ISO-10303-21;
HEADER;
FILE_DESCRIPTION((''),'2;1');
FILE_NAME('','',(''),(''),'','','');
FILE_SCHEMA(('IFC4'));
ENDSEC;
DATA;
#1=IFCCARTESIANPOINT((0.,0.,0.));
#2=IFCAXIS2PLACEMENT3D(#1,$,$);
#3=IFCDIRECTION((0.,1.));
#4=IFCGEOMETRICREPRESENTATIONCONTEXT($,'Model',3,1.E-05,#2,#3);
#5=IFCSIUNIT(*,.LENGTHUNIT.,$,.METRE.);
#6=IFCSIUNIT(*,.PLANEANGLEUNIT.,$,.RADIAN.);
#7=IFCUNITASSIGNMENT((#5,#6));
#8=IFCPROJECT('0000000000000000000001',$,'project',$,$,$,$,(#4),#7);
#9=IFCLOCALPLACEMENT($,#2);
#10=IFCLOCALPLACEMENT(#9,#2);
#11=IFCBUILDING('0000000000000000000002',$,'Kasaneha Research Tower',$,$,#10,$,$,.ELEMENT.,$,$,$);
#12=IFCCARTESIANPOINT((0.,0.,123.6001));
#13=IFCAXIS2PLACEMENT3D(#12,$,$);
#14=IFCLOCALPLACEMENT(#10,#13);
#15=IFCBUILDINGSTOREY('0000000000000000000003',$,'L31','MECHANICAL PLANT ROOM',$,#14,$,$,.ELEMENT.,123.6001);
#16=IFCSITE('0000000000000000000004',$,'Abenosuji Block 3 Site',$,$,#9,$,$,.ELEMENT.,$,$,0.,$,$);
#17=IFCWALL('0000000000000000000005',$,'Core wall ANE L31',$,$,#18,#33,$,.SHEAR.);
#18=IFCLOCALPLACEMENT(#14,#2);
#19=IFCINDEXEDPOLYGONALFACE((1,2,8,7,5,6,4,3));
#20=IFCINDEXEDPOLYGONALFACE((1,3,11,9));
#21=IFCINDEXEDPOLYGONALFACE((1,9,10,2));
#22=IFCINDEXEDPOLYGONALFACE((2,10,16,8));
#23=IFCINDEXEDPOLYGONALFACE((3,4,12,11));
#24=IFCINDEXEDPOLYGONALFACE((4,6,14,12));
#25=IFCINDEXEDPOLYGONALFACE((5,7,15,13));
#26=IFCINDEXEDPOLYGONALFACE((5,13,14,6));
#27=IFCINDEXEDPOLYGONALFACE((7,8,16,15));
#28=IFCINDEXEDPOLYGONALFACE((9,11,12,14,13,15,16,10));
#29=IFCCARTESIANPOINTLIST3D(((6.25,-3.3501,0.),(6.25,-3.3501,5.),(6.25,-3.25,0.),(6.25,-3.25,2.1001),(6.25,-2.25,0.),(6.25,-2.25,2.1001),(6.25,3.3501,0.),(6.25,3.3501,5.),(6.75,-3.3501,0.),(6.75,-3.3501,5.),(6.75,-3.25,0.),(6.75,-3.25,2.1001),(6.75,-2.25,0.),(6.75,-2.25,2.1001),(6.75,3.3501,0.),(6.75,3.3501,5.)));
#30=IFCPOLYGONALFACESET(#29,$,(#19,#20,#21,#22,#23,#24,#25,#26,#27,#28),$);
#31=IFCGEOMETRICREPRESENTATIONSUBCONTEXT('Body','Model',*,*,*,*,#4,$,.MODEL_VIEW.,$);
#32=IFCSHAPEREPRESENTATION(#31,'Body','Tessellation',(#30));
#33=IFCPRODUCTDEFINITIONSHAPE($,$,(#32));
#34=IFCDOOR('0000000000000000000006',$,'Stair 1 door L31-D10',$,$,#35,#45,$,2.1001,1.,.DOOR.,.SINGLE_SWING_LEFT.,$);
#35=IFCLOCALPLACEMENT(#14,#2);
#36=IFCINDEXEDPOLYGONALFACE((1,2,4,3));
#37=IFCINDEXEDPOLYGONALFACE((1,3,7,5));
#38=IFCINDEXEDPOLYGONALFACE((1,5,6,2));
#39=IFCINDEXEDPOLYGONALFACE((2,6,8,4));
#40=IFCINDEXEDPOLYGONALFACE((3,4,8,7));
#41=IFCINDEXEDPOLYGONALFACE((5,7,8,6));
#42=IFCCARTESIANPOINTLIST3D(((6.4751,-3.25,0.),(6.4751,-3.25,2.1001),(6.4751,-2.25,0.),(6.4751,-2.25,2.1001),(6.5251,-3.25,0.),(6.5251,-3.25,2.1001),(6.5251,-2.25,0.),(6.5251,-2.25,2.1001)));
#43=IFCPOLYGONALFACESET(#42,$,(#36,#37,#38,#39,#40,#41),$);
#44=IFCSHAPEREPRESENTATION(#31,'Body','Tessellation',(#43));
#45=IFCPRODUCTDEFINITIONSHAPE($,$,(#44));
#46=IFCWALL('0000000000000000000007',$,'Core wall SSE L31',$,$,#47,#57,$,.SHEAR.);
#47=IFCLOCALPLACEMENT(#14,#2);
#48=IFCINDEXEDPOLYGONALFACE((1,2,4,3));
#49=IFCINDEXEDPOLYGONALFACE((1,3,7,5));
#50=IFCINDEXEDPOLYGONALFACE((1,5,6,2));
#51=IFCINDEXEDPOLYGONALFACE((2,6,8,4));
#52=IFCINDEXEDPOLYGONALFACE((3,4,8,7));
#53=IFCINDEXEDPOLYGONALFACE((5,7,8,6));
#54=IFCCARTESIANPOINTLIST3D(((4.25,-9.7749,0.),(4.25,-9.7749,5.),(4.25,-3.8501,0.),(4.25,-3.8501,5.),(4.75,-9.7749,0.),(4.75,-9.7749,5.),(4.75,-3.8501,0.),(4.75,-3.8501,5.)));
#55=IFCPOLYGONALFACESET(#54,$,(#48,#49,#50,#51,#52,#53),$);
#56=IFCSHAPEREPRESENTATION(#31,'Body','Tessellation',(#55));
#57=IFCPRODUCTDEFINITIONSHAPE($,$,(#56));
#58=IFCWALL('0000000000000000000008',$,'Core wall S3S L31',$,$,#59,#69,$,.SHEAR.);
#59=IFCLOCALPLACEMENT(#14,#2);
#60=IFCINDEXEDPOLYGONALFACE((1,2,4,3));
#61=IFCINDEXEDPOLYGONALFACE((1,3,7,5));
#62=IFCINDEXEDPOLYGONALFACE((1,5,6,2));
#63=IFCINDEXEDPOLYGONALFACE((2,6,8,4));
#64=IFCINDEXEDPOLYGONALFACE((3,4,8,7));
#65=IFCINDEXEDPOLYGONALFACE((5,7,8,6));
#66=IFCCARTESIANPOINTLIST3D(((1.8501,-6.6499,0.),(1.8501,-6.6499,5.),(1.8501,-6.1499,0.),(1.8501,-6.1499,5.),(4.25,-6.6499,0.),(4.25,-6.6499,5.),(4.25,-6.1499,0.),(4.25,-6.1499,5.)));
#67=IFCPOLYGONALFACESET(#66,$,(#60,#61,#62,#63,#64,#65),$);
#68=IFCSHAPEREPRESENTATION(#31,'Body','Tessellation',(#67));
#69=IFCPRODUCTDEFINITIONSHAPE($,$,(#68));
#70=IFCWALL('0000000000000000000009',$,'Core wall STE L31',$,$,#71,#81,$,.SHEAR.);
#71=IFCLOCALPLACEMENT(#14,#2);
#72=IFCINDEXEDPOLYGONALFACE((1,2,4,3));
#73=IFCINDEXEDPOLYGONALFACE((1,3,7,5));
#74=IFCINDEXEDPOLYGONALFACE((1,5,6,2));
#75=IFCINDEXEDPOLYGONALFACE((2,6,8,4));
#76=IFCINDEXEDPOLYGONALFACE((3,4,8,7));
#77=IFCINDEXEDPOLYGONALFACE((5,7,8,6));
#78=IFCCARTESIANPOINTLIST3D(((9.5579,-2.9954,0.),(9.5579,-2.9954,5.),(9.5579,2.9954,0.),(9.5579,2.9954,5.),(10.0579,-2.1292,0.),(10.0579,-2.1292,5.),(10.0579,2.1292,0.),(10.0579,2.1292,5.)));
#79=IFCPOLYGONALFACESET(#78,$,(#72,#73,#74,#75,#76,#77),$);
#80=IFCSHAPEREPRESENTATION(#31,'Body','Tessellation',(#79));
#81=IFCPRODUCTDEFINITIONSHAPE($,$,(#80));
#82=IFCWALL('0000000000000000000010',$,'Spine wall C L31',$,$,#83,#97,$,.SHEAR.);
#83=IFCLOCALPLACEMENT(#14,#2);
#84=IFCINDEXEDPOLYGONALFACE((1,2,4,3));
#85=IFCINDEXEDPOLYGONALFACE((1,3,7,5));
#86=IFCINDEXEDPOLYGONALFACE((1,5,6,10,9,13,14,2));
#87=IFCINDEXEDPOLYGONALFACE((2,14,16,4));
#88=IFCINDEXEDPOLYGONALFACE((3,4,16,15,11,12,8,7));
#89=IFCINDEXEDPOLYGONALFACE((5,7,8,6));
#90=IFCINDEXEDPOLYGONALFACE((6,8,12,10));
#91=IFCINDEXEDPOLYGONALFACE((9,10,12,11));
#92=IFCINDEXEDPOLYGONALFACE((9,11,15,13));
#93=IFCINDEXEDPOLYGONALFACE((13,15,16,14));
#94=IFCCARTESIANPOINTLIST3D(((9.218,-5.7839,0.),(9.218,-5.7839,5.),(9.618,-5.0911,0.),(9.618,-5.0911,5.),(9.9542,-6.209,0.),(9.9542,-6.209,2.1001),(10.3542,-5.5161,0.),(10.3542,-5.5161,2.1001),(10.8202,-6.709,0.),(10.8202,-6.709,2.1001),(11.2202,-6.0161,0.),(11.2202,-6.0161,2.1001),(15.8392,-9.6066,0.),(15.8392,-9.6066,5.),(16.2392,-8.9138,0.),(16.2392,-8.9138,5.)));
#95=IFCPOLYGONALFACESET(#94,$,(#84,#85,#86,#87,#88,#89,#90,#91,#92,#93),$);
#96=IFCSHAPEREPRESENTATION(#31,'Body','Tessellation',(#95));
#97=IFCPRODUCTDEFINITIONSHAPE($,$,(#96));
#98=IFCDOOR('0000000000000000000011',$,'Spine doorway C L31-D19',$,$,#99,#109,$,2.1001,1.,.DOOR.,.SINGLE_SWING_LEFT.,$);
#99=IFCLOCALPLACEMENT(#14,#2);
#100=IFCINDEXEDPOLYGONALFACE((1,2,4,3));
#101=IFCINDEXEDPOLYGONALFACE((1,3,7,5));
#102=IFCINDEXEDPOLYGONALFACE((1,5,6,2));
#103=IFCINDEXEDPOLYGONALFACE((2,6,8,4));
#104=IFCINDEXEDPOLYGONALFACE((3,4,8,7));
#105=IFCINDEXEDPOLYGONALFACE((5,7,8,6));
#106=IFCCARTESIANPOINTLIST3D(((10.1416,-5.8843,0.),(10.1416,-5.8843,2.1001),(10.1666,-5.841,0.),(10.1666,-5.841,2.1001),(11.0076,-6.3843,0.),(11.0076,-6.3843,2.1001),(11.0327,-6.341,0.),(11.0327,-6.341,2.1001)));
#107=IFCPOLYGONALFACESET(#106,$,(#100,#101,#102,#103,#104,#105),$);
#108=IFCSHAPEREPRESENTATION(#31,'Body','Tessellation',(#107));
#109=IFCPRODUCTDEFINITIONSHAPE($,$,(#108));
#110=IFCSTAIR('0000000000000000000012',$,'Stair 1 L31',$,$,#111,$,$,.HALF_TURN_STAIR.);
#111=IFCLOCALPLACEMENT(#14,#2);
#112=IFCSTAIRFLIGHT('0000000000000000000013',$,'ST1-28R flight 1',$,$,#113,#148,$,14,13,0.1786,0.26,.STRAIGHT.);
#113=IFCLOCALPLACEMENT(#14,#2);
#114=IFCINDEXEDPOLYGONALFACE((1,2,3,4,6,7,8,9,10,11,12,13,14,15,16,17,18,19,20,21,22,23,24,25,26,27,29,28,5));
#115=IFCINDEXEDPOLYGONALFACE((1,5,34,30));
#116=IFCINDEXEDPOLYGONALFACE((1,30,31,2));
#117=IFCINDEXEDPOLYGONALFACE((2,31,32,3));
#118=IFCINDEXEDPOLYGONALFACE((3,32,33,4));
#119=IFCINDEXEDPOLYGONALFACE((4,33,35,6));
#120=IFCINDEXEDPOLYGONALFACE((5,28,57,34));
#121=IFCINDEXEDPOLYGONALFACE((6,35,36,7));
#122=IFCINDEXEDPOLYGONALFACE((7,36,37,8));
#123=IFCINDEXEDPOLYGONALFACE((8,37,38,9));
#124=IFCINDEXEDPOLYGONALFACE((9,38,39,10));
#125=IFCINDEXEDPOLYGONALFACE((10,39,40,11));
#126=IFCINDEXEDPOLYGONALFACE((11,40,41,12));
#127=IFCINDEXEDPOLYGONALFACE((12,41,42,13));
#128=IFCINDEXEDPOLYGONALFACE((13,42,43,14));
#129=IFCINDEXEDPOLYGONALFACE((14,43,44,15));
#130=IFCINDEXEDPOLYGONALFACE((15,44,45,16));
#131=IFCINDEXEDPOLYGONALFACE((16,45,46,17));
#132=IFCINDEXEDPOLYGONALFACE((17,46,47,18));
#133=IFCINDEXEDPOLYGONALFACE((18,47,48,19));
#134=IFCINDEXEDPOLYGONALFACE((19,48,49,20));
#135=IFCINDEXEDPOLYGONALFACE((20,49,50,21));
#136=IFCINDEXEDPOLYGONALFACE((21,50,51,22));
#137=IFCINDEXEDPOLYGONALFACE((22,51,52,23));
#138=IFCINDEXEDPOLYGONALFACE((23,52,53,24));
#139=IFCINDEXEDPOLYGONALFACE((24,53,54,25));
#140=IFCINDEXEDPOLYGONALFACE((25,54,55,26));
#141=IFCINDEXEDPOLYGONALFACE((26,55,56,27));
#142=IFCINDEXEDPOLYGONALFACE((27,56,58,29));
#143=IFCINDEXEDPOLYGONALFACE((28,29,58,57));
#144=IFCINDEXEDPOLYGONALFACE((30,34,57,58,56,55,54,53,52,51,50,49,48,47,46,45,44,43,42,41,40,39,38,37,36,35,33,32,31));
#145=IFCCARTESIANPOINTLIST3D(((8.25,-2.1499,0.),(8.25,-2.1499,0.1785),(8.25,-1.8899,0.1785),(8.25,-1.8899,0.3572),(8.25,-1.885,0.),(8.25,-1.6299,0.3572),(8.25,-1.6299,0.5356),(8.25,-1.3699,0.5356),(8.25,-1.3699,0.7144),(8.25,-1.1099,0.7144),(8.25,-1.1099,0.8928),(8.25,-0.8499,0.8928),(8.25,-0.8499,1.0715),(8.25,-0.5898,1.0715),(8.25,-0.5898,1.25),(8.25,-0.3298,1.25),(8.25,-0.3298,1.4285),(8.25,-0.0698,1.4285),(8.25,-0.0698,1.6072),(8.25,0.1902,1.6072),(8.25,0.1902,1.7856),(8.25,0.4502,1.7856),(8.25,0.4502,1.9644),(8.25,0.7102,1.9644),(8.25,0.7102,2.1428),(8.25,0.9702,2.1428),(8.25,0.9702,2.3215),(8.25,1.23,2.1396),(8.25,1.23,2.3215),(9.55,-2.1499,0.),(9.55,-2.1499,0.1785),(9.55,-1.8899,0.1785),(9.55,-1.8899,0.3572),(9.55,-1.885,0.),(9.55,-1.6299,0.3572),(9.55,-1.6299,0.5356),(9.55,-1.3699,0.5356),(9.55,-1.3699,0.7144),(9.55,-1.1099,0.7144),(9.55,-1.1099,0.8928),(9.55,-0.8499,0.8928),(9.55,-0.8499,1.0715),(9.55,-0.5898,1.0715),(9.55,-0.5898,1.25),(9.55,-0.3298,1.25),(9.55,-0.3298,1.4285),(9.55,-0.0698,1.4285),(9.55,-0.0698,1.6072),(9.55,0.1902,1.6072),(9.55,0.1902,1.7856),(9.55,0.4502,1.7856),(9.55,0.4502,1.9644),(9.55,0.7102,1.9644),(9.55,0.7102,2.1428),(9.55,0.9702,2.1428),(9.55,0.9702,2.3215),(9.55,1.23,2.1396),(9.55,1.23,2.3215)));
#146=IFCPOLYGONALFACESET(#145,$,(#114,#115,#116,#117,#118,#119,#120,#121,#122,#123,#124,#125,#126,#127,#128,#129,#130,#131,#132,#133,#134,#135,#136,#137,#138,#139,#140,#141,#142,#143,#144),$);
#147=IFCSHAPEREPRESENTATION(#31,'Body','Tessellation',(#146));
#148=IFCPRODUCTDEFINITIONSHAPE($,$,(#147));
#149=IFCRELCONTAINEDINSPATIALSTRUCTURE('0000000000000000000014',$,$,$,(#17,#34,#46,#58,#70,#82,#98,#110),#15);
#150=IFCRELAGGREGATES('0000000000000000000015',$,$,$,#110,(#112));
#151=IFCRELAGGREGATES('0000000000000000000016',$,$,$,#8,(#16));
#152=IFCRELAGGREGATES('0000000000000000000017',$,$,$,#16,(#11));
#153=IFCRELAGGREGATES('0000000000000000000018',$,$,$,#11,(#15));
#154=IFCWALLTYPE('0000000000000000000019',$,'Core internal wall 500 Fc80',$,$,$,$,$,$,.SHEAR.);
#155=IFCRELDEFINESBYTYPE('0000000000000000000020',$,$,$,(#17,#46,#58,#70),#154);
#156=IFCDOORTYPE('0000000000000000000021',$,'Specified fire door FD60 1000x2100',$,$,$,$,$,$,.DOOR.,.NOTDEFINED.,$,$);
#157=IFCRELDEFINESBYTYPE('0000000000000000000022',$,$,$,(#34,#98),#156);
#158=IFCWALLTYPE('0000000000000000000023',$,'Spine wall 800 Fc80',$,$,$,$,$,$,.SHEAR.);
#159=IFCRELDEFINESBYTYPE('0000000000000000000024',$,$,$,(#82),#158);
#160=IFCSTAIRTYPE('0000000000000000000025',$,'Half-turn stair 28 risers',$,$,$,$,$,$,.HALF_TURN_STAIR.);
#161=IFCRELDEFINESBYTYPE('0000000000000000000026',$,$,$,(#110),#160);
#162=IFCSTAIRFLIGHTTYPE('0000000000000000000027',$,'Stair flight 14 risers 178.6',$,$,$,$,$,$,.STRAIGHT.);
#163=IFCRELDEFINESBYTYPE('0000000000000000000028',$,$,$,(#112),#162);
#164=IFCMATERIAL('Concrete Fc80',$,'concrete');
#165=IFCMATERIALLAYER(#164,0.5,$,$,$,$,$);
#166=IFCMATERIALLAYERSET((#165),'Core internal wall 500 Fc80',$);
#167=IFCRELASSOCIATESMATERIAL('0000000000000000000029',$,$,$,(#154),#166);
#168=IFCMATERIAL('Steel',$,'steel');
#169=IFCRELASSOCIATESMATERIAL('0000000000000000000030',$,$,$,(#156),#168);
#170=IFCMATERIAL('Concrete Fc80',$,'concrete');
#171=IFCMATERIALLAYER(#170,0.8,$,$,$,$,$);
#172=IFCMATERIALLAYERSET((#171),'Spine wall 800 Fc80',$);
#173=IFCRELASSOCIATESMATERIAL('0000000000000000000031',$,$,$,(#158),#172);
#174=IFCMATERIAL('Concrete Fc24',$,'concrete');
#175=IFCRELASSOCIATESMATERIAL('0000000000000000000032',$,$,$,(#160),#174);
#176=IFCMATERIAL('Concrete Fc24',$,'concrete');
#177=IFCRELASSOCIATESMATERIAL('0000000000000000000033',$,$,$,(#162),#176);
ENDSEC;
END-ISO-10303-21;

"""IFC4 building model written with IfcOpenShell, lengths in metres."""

from ifc_helpers import new_model, si_unit, direction, frame, frame_2d, origin, place, context, subcontext, project, spatial, polyline, rectangle, outline, extrude, material, layer, layer_set, type_object, element, fill, aggregate, save


model = new_model("IFC4")

# Units and contexts
model_context = context("Model", 3, precision=1e-05, world=origin(), true_north=direction((0.0, 1.0)))
body_context = subcontext(model_context, "Body", "Model", "MODEL_VIEW")
ifc_project = project(units=[si_unit("LENGTHUNIT", "METRE"), si_unit("PLANEANGLEUNIT", "RADIAN")], contexts=[model_context])

# Site, building, storey
site_placement = place(None, origin())
site = spatial("IfcSite", under=ifc_project, at=site_placement, Name="Abenosuji Block 3 Site", CompositionType="ELEMENT", RefElevation=0.0)
building_placement = place(site_placement, origin())
building = spatial("IfcBuilding", under=site, at=building_placement, Name="Kasaneha Research Tower", CompositionType="ELEMENT")
storey_placement = place(building_placement, frame((0.0, 0.0, 123.6001)))
storey = spatial("IfcBuildingStorey", under=building, at=storey_placement, Name="L31", Description="MECHANICAL PLANT ROOM", CompositionType="ELEMENT", Elevation=123.6001)

# Shared definitions
ifc_material_1 = material(Name="Concrete Fc80", Category="concrete")
ifc_layer_1 = layer(ifc_material_1, 0.5)
ifc_layer_set_1 = layer_set([ifc_layer_1], Name="Core internal wall 500 Fc80")
wall_type_1 = type_object("IfcWallType", Name="Core internal wall 500 Fc80", PredefinedType="SHEAR", material=ifc_layer_set_1)

# Wall, opening, door
ifc_material_2 = material(Name="Steel", Category="steel")
door_type_1 = type_object("IfcDoorType", Name="Specified fire door FD60 1000x2100", OperationType="NOTDEFINED", PredefinedType="DOOR", material=ifc_material_2)
wall_1_placement = place(storey_placement, frame((6.5, -3.3501, 0.0), z_axis=(0.0, 0.0, 1.0), x_axis=(0.0, 1.0, 0.0)))
wall_1 = element("IfcWall", 1, at=wall_1_placement, inside=storey, type_object=wall_type_1, Name="Core wall ANE L31", PredefinedType="SHEAR", context=body_context, shape_type="SweptSolid", body=[
    extrude(rectangle(XDim=6.7002, YDim=0.5, at=frame_2d((3.3501, 0.0))), origin(), (0.0, 0.0, 1.0), 5.0),
])
opening_1_placement = place(wall_1_placement, frame((0.1001, 0.0, 0.0)))
opening_1 = element("IfcOpeningElement", 2, at=opening_1_placement, cuts=wall_1, PredefinedType="OPENING", context=body_context, shape_type="SweptSolid", body=[
    extrude(rectangle(XDim=1.0, YDim=2.1001, at=frame_2d((0.5, 1.05))), frame((0.0, 0.26, 0.0), z_axis=(0.0, -1.0, 0.0), x_axis=(1.0, 0.0, 0.0)), (0.0, 0.0, 1.0), 0.52),
])
door_1_placement = place(opening_1_placement, origin())
door_1 = element("IfcDoor", 3, at=door_1_placement, inside=storey, type_object=door_type_1, Name="Stair 1 door L31-D10", OperationType="SINGLE_SWING_LEFT", OverallHeight=2.1001, OverallWidth=1.0, PredefinedType="DOOR", context=body_context, shape_type="SweptSolid", body=[
    extrude(rectangle(XDim=1.0, YDim=2.1001, at=frame_2d((0.5, 1.05))), frame((0.0, 0.0249, 0.0), z_axis=(0.0, -1.0, 0.0), x_axis=(1.0, 0.0, 0.0)), (0.0, 0.0, 1.0), 0.05),
])
fill(opening_1, door_1)

# Walls
wall_2_placement = place(storey_placement, frame((4.5, -3.8501, 0.0), z_axis=(0.0, 0.0, 1.0), x_axis=(0.0, -1.0, 0.0)))
element("IfcWall", 4, at=wall_2_placement, inside=storey, type_object=wall_type_1, Name="Core wall SSE L31", PredefinedType="SHEAR", context=body_context, shape_type="SweptSolid", body=[
    extrude(rectangle(XDim=5.9248, YDim=0.5, at=frame_2d((2.9624, 0.0))), origin(), (0.0, 0.0, 1.0), 5.0),
])
wall_3_placement = place(storey_placement, frame((1.8501, -6.3999, 0.0), z_axis=(0.0, 0.0, 1.0), x_axis=(1.0, 0.0, 0.0)))
element("IfcWall", 5, at=wall_3_placement, inside=storey, type_object=wall_type_1, Name="Core wall S3S L31", PredefinedType="SHEAR", context=body_context, shape_type="SweptSolid", body=[
    extrude(rectangle(XDim=2.3999, YDim=0.5, at=frame_2d((1.2, 0.0))), origin(), (0.0, 0.0, 1.0), 5.0),
])
wall_4_placement = place(storey_placement, frame((9.8079, -2.5623, 0.0), z_axis=(0.0, 0.0, 1.0), x_axis=(0.0, 1.0, 0.0)))
element("IfcWall", 6, at=wall_4_placement, inside=storey, type_object=wall_type_1, Name="Core wall STE L31", PredefinedType="SHEAR", context=body_context, shape_type="SweptSolid", body=[
    extrude(outline(polyline([(0.4331, -0.25), (4.6914, -0.25), (5.5576, 0.25), (-0.4331, 0.25), (0.4331, -0.25)])), origin(), (0.0, 0.0, 1.0), 5.0),
])

# Wall, opening, door
ifc_material_3 = material(Name="Concrete Fc80", Category="concrete")
ifc_layer_2 = layer(ifc_material_3, 0.8)
ifc_layer_set_2 = layer_set([ifc_layer_2], Name="Spine wall 800 Fc80")
wall_type_2 = type_object("IfcWallType", Name="Spine wall 800 Fc80", PredefinedType="SHEAR", material=ifc_layer_set_2)
wall_5_placement = place(storey_placement, frame((9.418, -5.4375, 0.0), z_axis=(0.0, 0.0, 1.0), x_axis=(0.86603, -0.499992, 0.0)))
wall_5 = element("IfcWall", 7, at=wall_5_placement, inside=storey, type_object=wall_type_2, Name="Spine wall C L31", PredefinedType="SHEAR", context=body_context, shape_type="SweptSolid", body=[
    extrude(rectangle(XDim=7.6455, YDim=0.8, at=frame_2d((3.8228, 0.0))), origin(), (0.0, 0.0, 1.0), 5.0),
])
opening_2_placement = place(wall_5_placement, frame((0.8501, 0.0, 0.0)))
opening_2 = element("IfcOpeningElement", 8, at=opening_2_placement, cuts=wall_5, PredefinedType="OPENING", context=body_context, shape_type="SweptSolid", body=[
    extrude(rectangle(XDim=1.0, YDim=2.1001, at=frame_2d((0.5, 1.05))), frame((0.0, 0.4102, 0.0), z_axis=(0.0, -1.0, 0.0), x_axis=(1.0, 0.0, 0.0)), (0.0, 0.0, 1.0), 0.8201),
])
door_2_placement = place(opening_2_placement, origin())
door_2 = element("IfcDoor", 9, at=door_2_placement, inside=storey, type_object=door_type_1, Name="Spine doorway C L31-D19", OperationType="SINGLE_SWING_LEFT", OverallHeight=2.1001, OverallWidth=1.0, PredefinedType="DOOR", context=body_context, shape_type="SweptSolid", body=[
    extrude(rectangle(XDim=1.0, YDim=2.1001, at=frame_2d((0.5, 1.05))), frame((0.0, 0.0249, 0.0), z_axis=(0.0, -1.0, 0.0), x_axis=(1.0, 0.0, 0.0)), (0.0, 0.0, 1.0), 0.05),
])
fill(opening_2, door_2)

# Stair, stair flight
ifc_material_4 = material(Name="Concrete Fc24", Category="concrete")
stair_type = type_object("IfcStairType", Name="Half-turn stair 28 risers", PredefinedType="HALF_TURN_STAIR", material=ifc_material_4)
stair_placement = place(storey_placement, origin())
stair = element("IfcStair", 10, at=stair_placement, inside=storey, type_object=stair_type, Name="Stair 1 L31", PredefinedType="HALF_TURN_STAIR")
ifc_material_5 = material(Name="Concrete Fc24", Category="concrete")
stair_flight_type = type_object("IfcStairFlightType", Name="Stair flight 14 risers 178.6", PredefinedType="STRAIGHT", material=ifc_material_5)
stair_flight_placement = place(storey_placement, frame((8.8999, -2.1499, 0.0), z_axis=(0.0, 0.0, 1.0), x_axis=(0.0, 1.0, 0.0)))
stair_flight = element("IfcStairFlight", 11, at=stair_flight_placement, type_object=stair_flight_type, Name="ST1-28R flight 1", NumberOfRisers=14, NumberOfTreads=13, PredefinedType="STRAIGHT", RiserHeight=0.1786, TreadLength=0.26, context=body_context, shape_type="SweptSolid", body=[
    extrude(outline(polyline([(0.0, 0.0), (0.0, 0.1785), (0.26, 0.1785), (0.26, 0.3572), (0.52, 0.3572), (0.52, 0.5356), (0.78, 0.5356), (0.78, 0.7144), (1.04, 0.7144), (1.04, 0.8928), (1.3, 0.8928), (1.3, 1.0715), (1.5601, 1.0715), (1.5601, 1.25), (1.8201, 1.25), (1.8201, 1.4285), (2.0801, 1.4285), (2.0801, 1.6072), (2.3401, 1.6072), (2.3401, 1.7856), (2.6001, 1.7856), (2.6001, 1.9644), (2.8601, 1.9644), (2.8601, 2.1428), (3.1201, 2.1428), (3.1201, 2.3215), (3.3799, 2.3215), (3.3799, 2.5), (3.3799, 2.1396), (0.2649, 0.0), (0.0, 0.0)])), frame((0.0, 0.6499, 0.0), z_axis=(0.0, -1.0, 0.0), x_axis=(1.0, 0.0, 0.0)), (0.0, 0.0, 1.0), 1.3),
])
aggregate(stair, [stair_flight])

save(model, "model.ifc")
